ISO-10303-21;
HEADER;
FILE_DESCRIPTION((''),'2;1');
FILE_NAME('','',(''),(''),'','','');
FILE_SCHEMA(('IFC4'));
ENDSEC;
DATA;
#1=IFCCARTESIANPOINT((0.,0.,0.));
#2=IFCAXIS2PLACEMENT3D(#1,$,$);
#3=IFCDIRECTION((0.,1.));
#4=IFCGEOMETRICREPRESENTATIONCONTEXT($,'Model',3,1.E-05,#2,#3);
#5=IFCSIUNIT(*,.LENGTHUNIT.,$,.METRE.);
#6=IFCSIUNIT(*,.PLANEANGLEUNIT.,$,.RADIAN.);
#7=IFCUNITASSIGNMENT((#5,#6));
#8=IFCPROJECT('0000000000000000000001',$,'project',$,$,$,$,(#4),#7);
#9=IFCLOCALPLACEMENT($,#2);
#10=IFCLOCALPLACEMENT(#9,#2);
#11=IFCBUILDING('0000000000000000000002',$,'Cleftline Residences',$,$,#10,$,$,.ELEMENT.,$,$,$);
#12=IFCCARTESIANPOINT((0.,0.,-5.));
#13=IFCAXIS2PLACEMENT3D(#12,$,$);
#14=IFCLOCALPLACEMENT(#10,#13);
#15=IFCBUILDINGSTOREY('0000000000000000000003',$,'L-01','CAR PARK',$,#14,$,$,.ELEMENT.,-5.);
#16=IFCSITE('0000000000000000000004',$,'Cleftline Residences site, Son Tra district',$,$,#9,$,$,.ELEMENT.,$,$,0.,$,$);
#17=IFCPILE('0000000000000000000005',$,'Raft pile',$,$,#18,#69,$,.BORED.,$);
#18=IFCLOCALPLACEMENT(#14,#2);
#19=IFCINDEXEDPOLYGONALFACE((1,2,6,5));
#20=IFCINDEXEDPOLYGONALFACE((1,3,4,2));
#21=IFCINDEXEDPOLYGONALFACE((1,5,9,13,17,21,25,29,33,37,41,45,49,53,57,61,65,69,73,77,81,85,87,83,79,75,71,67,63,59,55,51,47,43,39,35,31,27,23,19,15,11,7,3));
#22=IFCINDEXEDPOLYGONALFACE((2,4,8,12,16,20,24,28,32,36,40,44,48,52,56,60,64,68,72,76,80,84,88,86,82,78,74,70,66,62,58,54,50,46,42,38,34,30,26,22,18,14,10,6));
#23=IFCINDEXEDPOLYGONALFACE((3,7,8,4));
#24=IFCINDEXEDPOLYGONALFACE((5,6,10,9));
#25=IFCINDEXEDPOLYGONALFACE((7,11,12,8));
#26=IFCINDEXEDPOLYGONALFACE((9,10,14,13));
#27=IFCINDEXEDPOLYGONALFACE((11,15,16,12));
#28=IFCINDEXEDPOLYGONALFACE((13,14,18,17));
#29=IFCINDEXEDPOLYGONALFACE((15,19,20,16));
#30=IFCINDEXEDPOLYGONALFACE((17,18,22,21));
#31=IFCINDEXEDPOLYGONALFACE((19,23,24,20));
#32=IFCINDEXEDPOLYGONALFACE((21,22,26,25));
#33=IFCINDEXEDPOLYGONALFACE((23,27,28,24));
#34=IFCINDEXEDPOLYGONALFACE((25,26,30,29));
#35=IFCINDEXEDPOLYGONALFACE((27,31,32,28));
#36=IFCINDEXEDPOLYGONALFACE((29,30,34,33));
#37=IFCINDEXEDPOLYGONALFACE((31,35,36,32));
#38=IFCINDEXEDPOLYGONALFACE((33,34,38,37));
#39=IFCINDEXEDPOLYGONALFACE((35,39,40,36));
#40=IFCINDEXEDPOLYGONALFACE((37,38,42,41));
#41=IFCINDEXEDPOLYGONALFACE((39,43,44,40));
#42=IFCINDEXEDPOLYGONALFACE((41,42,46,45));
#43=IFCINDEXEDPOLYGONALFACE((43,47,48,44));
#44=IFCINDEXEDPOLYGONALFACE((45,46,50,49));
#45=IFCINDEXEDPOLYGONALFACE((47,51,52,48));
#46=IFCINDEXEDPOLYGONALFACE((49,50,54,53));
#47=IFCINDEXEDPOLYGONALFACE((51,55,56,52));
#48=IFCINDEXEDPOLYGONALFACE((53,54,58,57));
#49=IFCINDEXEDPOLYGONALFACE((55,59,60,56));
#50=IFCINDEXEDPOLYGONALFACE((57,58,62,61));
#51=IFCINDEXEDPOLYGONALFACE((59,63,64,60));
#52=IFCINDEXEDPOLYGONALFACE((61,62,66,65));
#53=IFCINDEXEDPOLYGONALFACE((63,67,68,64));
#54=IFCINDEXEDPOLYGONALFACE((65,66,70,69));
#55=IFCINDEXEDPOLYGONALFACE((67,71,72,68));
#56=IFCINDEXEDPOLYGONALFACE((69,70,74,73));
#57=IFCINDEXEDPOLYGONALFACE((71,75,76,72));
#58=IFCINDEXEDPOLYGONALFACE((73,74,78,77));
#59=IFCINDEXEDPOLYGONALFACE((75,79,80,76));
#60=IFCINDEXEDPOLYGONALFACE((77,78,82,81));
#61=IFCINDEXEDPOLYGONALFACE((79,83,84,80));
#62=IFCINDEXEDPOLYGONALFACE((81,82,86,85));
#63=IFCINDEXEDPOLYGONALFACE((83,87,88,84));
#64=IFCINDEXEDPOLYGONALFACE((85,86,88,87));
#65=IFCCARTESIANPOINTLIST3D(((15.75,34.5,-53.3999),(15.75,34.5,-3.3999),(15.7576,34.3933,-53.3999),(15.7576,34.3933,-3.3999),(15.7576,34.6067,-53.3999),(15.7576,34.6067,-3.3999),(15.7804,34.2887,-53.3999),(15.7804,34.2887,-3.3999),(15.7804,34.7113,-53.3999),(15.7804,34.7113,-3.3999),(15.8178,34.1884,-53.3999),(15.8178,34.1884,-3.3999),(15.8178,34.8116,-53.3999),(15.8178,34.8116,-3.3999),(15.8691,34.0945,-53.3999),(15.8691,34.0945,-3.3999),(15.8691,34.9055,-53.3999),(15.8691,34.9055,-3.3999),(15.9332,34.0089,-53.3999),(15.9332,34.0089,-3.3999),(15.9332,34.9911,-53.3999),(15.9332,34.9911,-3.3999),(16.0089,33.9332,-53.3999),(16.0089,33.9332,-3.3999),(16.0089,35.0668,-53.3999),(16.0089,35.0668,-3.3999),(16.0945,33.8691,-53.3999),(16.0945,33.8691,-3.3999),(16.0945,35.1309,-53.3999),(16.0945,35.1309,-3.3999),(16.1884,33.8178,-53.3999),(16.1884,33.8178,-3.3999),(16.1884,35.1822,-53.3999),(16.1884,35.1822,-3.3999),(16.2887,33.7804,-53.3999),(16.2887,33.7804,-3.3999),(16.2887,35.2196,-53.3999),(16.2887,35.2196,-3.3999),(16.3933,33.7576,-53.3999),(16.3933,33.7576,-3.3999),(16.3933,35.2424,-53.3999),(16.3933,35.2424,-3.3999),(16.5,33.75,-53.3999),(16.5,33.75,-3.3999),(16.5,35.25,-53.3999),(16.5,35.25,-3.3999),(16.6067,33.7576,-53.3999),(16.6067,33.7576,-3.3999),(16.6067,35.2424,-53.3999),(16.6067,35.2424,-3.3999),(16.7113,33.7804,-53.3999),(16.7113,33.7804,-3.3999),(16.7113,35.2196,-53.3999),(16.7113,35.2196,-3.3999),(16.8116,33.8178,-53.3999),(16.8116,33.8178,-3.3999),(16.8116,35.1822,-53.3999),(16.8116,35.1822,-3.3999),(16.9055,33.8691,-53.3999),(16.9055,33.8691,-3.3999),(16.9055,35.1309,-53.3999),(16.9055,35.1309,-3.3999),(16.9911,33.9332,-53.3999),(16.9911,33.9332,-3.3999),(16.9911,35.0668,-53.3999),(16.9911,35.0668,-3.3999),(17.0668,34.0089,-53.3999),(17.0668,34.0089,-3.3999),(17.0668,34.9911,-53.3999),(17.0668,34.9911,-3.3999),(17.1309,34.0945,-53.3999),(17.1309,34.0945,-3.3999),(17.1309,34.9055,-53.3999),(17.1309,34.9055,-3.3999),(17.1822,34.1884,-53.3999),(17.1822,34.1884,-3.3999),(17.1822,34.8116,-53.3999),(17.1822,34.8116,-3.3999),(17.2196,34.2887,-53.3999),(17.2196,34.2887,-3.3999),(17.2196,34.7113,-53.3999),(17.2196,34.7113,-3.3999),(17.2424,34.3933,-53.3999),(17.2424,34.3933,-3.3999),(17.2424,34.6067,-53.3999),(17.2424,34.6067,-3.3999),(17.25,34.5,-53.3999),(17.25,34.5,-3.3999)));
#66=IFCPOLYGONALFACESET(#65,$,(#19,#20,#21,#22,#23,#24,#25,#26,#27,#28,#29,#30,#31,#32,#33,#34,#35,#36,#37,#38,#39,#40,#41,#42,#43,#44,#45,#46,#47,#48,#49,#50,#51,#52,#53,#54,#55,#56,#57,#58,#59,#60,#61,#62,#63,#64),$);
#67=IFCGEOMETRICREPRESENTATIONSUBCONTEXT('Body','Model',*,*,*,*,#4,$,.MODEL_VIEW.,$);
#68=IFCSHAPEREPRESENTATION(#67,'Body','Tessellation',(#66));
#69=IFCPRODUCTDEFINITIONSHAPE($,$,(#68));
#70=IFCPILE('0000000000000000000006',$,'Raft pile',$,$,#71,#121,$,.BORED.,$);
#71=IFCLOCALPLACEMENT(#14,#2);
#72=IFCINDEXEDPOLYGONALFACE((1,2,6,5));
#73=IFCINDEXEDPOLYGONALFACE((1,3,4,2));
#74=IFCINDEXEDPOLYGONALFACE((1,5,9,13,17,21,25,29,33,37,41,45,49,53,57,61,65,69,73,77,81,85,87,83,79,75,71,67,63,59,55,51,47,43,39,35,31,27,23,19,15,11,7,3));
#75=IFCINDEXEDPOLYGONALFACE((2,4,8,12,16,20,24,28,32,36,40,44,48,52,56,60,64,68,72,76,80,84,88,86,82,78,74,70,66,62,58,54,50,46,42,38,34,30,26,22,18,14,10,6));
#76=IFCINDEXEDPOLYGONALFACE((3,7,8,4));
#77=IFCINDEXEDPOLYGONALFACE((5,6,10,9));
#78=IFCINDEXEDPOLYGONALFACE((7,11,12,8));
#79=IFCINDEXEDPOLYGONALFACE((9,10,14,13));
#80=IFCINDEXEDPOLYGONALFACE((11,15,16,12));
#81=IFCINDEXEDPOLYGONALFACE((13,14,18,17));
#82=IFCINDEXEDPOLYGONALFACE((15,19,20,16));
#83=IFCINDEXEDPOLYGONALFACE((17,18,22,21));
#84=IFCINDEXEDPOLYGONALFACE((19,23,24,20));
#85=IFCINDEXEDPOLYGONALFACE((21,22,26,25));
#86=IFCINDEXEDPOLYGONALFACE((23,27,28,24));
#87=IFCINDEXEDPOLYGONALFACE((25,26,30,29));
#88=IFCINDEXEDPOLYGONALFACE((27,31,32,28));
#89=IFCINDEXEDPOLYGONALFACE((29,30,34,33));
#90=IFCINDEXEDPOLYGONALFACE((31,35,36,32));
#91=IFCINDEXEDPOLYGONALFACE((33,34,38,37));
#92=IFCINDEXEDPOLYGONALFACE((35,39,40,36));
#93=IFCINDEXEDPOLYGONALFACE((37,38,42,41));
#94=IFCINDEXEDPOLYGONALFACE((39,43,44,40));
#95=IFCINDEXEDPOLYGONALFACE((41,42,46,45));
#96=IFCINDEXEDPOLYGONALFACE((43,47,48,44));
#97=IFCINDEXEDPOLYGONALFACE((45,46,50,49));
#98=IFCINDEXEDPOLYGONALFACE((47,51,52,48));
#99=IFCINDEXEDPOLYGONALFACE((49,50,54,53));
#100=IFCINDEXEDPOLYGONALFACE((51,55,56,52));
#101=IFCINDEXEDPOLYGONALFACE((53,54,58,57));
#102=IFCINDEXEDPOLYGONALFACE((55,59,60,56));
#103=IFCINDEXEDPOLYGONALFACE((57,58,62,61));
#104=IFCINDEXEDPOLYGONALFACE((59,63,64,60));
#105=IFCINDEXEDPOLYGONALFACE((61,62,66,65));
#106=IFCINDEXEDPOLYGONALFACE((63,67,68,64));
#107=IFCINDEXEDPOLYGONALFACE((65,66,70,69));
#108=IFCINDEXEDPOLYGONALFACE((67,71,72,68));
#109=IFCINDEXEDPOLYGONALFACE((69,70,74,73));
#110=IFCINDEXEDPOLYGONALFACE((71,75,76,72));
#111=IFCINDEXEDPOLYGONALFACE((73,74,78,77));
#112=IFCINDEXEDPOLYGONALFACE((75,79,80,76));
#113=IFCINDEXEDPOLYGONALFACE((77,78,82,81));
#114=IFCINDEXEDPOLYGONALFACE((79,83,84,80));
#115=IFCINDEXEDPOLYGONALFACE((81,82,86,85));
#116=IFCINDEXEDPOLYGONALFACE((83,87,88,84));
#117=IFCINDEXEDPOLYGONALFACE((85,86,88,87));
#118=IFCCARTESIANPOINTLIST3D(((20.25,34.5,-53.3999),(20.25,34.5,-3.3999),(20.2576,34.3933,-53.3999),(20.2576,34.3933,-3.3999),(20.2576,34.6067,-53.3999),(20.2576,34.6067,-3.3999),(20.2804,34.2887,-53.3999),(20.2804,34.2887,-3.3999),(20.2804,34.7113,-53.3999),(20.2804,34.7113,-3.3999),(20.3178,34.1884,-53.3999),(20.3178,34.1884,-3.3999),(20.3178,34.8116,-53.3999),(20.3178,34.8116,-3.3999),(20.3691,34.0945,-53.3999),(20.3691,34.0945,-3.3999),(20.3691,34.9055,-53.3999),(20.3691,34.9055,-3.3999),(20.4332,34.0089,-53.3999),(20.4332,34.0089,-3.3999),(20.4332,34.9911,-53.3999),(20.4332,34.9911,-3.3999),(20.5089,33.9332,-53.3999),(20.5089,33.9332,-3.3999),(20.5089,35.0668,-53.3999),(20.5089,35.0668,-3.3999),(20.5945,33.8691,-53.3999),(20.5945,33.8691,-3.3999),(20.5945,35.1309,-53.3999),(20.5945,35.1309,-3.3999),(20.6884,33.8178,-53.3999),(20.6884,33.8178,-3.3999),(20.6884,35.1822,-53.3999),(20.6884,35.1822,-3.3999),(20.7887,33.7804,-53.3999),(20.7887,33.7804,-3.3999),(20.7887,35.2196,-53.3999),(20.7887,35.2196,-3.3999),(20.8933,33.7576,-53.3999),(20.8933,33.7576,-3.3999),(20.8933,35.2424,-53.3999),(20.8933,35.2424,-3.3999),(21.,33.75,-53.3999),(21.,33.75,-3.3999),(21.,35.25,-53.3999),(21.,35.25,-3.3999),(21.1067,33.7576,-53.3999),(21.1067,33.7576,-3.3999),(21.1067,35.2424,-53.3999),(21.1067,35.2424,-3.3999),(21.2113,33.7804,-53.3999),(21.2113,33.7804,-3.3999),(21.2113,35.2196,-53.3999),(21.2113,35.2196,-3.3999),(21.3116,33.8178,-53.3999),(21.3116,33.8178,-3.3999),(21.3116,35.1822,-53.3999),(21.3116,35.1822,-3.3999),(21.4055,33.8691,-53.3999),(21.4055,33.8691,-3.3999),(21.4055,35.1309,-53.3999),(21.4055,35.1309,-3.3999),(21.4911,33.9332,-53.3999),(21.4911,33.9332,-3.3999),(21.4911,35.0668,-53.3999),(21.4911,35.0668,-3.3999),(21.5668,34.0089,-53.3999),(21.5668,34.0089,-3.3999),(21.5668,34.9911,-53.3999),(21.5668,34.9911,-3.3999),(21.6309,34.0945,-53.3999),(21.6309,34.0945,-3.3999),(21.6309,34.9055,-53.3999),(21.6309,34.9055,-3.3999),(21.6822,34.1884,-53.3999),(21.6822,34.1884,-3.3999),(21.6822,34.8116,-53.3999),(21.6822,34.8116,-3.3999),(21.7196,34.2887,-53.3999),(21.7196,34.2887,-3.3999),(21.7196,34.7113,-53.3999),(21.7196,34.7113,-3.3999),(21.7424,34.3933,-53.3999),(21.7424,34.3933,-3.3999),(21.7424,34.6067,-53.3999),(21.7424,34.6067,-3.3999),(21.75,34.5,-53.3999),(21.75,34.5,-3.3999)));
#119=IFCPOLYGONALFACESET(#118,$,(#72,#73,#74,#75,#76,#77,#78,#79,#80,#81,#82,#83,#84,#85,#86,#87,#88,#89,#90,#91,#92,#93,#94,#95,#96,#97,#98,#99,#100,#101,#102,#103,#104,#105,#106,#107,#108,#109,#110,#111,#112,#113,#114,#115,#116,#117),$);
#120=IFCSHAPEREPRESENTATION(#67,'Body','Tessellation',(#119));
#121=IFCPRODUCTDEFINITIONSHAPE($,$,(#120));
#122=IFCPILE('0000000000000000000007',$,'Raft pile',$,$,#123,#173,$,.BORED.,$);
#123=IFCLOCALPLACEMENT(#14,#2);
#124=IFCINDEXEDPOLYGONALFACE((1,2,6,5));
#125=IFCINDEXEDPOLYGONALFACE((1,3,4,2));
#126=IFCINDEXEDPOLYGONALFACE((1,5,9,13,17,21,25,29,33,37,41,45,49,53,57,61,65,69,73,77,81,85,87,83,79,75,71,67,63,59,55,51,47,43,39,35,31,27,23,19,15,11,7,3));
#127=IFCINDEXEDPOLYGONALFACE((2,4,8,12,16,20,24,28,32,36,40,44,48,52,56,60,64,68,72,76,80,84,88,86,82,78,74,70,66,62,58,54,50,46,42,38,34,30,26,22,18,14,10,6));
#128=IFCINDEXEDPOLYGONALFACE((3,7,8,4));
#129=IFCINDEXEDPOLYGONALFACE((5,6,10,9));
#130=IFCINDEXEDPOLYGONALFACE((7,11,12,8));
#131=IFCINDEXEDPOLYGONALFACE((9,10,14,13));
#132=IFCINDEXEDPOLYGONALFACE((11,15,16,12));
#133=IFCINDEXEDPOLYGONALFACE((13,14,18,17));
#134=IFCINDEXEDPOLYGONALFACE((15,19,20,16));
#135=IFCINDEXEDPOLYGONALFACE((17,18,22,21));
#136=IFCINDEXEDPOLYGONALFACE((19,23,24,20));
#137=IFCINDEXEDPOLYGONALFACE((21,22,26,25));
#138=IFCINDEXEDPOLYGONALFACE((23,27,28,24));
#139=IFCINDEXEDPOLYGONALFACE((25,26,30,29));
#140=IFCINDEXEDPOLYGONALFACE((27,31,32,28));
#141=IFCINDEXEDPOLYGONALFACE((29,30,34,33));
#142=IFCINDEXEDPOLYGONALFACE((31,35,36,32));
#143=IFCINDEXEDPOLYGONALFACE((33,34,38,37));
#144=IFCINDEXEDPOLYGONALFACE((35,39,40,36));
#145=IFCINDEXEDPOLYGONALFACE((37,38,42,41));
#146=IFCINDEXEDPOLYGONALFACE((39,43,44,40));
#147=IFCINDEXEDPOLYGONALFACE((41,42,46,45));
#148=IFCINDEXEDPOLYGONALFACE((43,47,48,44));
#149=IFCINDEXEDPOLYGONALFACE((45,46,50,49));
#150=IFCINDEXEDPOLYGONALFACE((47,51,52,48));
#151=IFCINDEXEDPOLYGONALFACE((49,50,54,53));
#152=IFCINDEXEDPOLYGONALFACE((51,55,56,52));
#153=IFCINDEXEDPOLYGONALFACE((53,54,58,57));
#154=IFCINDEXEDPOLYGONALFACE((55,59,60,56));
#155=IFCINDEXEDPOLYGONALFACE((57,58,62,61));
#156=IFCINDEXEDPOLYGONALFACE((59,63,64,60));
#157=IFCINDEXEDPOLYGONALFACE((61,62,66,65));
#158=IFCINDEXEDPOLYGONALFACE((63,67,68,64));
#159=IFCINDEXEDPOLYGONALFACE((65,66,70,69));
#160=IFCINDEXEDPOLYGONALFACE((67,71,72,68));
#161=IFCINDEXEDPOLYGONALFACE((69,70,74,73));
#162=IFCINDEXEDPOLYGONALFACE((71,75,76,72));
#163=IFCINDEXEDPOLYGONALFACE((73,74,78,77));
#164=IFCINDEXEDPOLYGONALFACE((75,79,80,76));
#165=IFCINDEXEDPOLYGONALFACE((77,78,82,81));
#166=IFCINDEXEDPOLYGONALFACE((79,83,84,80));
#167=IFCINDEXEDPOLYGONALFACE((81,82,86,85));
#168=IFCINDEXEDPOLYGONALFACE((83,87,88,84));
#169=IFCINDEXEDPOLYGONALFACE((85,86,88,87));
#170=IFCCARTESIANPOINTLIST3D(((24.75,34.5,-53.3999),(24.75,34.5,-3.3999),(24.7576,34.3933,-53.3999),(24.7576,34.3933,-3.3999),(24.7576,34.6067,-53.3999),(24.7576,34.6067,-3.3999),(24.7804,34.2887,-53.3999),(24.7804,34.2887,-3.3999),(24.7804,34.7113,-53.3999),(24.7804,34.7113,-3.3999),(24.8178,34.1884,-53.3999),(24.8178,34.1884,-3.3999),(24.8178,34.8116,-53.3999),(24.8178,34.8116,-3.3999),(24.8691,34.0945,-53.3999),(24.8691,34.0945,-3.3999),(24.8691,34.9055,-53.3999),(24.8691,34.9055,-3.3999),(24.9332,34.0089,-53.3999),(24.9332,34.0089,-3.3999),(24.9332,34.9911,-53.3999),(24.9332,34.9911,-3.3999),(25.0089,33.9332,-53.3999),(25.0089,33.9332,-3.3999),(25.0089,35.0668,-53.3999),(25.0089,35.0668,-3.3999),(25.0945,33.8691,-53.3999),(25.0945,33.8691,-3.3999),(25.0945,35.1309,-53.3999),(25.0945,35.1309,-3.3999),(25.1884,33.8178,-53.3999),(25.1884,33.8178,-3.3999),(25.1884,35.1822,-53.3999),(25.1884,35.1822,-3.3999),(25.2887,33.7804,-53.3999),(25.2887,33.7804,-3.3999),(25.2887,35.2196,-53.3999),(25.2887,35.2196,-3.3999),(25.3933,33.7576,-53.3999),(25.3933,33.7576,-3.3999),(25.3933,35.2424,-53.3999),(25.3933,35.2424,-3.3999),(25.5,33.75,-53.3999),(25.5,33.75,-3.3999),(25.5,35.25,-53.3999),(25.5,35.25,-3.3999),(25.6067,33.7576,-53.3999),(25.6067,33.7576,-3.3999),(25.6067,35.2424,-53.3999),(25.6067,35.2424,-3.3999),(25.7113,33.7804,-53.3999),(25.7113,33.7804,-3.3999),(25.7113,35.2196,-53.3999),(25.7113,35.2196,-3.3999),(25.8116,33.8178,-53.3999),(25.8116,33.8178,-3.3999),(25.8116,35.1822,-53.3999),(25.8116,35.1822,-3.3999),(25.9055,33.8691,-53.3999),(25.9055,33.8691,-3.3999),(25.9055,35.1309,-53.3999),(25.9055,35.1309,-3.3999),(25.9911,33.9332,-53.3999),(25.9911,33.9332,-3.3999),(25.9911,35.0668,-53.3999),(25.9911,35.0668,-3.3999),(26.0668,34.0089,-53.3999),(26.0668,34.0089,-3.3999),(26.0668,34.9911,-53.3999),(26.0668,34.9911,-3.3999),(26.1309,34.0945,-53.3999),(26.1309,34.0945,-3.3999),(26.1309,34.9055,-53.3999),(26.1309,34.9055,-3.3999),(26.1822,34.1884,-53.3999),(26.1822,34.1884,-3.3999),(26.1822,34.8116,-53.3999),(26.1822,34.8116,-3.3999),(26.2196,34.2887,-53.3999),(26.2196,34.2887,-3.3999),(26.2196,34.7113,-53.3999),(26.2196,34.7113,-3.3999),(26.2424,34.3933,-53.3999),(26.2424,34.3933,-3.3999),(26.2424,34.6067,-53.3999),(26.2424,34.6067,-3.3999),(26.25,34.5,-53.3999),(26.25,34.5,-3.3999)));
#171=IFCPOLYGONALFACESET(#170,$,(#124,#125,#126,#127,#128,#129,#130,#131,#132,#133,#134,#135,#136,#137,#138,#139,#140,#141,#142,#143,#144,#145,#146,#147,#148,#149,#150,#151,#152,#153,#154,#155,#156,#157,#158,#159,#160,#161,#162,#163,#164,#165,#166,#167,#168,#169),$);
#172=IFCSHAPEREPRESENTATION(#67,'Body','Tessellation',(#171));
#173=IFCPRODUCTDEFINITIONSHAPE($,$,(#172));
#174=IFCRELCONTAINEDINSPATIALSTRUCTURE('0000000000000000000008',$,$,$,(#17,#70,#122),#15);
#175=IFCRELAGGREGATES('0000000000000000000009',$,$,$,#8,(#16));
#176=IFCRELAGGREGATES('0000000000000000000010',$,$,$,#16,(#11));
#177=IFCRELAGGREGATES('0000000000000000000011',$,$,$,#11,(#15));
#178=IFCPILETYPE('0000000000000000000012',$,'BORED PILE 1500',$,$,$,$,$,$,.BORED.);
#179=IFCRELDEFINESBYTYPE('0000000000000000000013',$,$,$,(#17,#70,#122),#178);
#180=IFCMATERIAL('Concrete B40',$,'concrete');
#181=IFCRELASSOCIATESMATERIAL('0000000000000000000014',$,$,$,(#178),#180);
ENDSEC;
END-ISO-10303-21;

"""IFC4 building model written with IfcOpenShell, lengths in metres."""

from ifc_helpers import new_model, si_unit, direction, frame, origin, origin_2d, place, context, subcontext, project, spatial, circle, extrude, material, material_profile, profile_set, type_object, element, save


model = new_model("IFC4")

# Units and contexts
model_context = context("Model", 3, precision=1e-05, world=origin(), true_north=direction((0.0, 1.0)))
body_context = subcontext(model_context, "Body", "Model", "MODEL_VIEW")
ifc_project = project(units=[si_unit("LENGTHUNIT", "METRE"), si_unit("PLANEANGLEUNIT", "RADIAN")], contexts=[model_context])

# Site, building, storey
site_placement = place(None, origin())
site = spatial("IfcSite", under=ifc_project, at=site_placement, Name="Cleftline Residences site, Son Tra district", CompositionType="ELEMENT", RefElevation=0.0)
building_placement = place(site_placement, origin())
building = spatial("IfcBuilding", under=site, at=building_placement, Name="Cleftline Residences", CompositionType="ELEMENT")
storey_placement = place(building_placement, frame((0.0, 0.0, -5.0)))
storey = spatial("IfcBuildingStorey", under=building, at=storey_placement, Name="L-01", Description="CAR PARK", CompositionType="ELEMENT", Elevation=-5.0)

# Piles
ifc_material_1 = material(Name="Concrete B40", Category="concrete")
ifc_material_profile_1 = material_profile(ifc_material_1, circle(Radius=0.75, at=origin_2d()))
ifc_profile_set_1 = profile_set([ifc_material_profile_1], Name="Concrete B40")
pile_type_1 = type_object("IfcPileType", Name="BORED PILE 1500", PredefinedType="BORED", material=ifc_profile_set_1)
for number, where, z_axis, x_axis, name in (
    (1, (16.5, 34.5, -3.3999), (0.0, 0.0, -1.0), (1.0, 0.0, 0.0), "Raft pile"),
    (2, (21.0, 34.5, -3.3999), (0.0, 0.0, -1.0), (1.0, 0.0, 0.0), "Raft pile"),
    (3, (25.5, 34.5, -3.3999), (0.0, 0.0, -1.0), (1.0, 0.0, 0.0), "Raft pile"),
):
    element("IfcPile", number, at=place(storey_placement, frame(where, z_axis=z_axis, x_axis=x_axis)), inside=storey, type_object=pile_type_1, Name=name, PredefinedType="BORED", context=body_context, shape_type="SweptSolid", body=[
        extrude(circle(Radius=0.75, at=origin_2d()), origin(), (0.0, 0.0, 1.0), 50.0),
    ])

save(model, "model.ifc")
